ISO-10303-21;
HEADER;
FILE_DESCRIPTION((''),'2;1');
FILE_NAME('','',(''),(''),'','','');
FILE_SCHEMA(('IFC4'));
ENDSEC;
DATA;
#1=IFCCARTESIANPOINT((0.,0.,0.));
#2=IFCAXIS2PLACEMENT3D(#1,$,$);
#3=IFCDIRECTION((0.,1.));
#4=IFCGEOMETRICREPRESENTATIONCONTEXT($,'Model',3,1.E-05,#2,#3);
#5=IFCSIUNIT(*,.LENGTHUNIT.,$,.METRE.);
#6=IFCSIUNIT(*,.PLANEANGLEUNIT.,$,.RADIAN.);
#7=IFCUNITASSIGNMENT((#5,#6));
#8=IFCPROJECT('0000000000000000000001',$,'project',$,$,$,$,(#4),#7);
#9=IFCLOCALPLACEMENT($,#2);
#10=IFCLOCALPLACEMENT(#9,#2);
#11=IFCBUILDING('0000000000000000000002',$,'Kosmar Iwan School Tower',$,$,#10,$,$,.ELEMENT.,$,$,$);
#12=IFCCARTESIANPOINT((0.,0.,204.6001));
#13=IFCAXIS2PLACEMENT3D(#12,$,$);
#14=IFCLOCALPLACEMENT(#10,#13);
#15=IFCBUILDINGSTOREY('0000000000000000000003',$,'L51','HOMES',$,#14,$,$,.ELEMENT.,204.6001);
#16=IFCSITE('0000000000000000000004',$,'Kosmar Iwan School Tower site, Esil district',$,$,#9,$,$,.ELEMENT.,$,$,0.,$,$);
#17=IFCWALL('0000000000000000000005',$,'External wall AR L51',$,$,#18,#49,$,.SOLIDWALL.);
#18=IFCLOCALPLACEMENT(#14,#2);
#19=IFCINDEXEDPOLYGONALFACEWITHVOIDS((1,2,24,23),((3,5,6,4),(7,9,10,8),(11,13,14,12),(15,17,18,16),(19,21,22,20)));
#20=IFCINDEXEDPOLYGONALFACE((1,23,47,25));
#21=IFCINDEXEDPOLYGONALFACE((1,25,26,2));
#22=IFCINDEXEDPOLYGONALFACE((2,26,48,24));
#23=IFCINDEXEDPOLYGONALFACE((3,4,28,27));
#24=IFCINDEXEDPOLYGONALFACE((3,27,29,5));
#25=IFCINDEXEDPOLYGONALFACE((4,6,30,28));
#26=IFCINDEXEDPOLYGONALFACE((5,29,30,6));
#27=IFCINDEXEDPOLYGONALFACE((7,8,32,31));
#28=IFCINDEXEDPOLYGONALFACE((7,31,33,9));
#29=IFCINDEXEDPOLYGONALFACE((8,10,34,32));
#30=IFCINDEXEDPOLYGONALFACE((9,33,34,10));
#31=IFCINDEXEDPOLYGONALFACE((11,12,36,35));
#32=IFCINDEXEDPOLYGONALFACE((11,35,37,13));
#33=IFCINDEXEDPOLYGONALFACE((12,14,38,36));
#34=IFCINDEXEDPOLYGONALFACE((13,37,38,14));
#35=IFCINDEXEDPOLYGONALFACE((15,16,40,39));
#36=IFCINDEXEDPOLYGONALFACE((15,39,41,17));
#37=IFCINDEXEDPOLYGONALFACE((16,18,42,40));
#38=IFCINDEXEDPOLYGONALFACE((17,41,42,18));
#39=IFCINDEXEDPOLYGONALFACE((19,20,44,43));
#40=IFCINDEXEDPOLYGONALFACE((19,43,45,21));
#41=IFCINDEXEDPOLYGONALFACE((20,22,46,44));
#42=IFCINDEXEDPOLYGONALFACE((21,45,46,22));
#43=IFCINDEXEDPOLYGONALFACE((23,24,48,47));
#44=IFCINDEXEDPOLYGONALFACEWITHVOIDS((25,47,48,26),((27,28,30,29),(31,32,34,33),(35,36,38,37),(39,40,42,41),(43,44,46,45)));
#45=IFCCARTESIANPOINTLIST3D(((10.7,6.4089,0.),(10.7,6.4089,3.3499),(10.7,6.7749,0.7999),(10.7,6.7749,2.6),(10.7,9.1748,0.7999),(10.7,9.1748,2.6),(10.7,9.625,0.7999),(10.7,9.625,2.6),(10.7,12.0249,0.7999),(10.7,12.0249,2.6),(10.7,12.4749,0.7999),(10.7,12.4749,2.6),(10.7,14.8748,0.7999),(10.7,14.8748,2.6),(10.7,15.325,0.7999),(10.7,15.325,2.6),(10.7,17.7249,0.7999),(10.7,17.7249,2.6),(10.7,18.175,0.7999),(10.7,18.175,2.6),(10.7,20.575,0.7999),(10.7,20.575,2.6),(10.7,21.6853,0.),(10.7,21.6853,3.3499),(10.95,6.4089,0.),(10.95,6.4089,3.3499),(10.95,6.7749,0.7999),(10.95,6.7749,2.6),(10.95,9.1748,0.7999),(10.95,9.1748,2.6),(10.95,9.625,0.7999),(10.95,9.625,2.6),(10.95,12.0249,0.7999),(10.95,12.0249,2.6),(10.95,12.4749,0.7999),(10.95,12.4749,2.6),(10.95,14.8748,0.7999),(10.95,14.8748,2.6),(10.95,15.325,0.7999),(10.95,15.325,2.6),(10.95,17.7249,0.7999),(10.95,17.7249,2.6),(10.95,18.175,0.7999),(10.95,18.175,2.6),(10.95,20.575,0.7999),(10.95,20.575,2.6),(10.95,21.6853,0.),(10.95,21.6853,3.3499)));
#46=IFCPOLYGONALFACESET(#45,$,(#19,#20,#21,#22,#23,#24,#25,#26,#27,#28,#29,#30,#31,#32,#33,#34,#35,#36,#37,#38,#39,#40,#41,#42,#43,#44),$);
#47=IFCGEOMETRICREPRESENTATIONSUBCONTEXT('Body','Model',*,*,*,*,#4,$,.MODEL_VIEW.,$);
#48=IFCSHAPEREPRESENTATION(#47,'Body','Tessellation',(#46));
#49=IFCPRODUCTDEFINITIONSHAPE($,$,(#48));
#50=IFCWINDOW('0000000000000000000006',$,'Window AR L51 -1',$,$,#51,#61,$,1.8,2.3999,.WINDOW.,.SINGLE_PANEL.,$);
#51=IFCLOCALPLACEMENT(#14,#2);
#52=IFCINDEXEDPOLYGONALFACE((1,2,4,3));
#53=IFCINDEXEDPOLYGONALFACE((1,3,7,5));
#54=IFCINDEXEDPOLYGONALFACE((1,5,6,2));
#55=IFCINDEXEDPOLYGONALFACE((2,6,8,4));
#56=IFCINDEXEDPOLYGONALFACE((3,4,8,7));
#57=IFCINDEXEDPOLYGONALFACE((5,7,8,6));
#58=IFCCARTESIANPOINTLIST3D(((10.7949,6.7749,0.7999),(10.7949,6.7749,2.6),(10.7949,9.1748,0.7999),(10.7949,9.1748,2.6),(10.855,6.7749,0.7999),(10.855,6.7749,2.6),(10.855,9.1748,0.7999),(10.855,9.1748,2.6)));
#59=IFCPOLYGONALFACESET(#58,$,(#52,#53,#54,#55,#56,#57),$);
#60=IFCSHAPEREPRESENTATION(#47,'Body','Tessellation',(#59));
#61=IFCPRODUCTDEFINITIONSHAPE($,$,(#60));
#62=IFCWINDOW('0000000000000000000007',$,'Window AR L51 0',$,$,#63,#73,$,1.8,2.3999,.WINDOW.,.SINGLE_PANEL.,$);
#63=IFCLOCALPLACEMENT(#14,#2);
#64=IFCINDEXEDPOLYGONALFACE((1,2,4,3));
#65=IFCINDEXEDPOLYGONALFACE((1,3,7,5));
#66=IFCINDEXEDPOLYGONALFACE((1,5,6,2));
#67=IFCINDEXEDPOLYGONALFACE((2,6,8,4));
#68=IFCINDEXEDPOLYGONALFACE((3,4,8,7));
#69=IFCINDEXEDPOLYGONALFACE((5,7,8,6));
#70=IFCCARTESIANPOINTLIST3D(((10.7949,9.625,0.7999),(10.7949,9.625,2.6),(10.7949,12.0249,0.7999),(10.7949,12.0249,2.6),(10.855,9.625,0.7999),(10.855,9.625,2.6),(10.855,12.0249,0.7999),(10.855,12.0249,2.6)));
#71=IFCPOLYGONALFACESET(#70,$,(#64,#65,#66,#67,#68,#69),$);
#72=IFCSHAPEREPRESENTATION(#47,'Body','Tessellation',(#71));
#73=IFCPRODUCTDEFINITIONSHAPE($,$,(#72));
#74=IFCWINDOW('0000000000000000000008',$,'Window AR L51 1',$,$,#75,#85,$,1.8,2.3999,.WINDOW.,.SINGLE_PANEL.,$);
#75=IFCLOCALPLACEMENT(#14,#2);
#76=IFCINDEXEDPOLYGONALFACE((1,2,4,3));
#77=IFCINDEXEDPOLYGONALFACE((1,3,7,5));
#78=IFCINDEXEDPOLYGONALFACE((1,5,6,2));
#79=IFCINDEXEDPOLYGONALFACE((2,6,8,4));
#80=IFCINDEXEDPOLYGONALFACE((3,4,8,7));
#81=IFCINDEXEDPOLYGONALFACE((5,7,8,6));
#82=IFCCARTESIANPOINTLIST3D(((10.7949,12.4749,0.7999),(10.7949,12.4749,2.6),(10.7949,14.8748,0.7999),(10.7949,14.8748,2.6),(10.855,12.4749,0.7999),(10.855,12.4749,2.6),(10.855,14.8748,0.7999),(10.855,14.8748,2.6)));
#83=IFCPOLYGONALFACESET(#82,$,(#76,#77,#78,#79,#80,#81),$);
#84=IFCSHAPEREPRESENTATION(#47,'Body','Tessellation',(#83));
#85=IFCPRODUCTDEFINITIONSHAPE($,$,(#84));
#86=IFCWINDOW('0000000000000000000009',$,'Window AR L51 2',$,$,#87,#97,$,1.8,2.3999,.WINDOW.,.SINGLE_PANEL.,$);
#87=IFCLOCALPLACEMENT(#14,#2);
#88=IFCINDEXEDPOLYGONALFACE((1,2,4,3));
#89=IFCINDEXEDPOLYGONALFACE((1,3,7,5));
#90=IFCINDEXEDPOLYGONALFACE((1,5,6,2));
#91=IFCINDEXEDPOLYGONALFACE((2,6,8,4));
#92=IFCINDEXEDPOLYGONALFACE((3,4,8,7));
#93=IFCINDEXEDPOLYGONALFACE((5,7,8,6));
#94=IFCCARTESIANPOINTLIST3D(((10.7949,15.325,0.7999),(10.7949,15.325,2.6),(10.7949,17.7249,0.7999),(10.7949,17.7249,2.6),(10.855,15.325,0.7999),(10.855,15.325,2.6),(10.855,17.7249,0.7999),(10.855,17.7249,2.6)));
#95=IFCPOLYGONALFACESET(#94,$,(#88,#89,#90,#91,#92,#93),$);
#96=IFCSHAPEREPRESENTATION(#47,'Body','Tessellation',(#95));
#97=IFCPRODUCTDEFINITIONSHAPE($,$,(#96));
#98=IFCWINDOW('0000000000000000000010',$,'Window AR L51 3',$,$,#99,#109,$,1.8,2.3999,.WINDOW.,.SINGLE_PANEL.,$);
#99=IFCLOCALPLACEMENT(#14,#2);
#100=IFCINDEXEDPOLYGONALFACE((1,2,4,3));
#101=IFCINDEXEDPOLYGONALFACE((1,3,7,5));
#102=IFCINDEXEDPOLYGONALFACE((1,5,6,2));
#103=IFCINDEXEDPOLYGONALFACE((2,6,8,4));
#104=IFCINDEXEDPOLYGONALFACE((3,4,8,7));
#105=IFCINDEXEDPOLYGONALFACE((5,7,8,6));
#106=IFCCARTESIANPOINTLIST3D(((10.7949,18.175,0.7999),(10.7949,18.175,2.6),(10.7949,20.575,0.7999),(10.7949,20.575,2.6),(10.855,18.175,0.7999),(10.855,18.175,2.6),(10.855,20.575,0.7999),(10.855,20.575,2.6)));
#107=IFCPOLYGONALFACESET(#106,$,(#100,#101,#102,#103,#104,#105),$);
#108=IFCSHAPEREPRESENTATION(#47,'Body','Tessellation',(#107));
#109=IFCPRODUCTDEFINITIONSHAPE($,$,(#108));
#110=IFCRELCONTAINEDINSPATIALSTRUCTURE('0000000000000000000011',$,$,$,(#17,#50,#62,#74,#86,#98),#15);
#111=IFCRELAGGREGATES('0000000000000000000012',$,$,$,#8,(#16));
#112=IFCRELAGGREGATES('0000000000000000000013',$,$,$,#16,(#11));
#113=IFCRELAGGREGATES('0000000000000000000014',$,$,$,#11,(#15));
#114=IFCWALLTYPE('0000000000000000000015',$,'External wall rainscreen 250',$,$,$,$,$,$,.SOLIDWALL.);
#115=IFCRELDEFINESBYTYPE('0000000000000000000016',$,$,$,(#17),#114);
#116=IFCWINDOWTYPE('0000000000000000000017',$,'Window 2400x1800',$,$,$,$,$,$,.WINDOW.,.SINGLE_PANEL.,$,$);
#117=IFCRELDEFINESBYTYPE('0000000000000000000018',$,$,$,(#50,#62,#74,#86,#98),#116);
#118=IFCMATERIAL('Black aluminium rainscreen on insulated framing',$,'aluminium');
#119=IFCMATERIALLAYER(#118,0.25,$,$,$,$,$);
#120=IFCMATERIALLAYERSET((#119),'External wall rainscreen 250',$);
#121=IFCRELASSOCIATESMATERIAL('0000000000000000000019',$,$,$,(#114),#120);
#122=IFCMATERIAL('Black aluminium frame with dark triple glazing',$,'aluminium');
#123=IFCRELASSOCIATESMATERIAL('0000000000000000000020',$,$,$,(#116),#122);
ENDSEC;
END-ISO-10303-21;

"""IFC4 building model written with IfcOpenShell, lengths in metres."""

from ifc_helpers import new_model, si_unit, direction, frame, frame_2d, origin, place, context, subcontext, project, spatial, rectangle, extrude, material, layer, layer_set, type_object, element, fill, save


model = new_model("IFC4")

# Units and contexts
model_context = context("Model", 3, precision=1e-05, world=origin(), true_north=direction((0.0, 1.0)))
body_context = subcontext(model_context, "Body", "Model", "MODEL_VIEW")
ifc_project = project(units=[si_unit("LENGTHUNIT", "METRE"), si_unit("PLANEANGLEUNIT", "RADIAN")], contexts=[model_context])

# Site, building, storey
site_placement = place(None, origin())
site = spatial("IfcSite", under=ifc_project, at=site_placement, Name="Kosmar Iwan School Tower site, Esil district", CompositionType="ELEMENT", RefElevation=0.0)
building_placement = place(site_placement, origin())
building = spatial("IfcBuilding", under=site, at=building_placement, Name="Kosmar Iwan School Tower", CompositionType="ELEMENT")
storey_placement = place(building_placement, frame((0.0, 0.0, 204.6001)))
storey = spatial("IfcBuildingStorey", under=building, at=storey_placement, Name="L51", Description="HOMES", CompositionType="ELEMENT", Elevation=204.6001)

# Wall, openings, windows
ifc_material_1 = material(Name="Black aluminium rainscreen on insulated framing", Category="aluminium")
ifc_layer = layer(ifc_material_1, 0.25)
ifc_layer_set = layer_set([ifc_layer], Name="External wall rainscreen 250")
wall_type = type_object("IfcWallType", Name="External wall rainscreen 250", PredefinedType="SOLIDWALL", material=ifc_layer_set)
ifc_material_2 = material(Name="Black aluminium frame with dark triple glazing", Category="aluminium")
window_type = type_object("IfcWindowType", Name="Window 2400x1800", PartitioningType="SINGLE_PANEL", PredefinedType="WINDOW", material=ifc_material_2)
wall_1_placement = place(storey_placement, frame((10.825, 6.4089, 0.0), z_axis=(0.0, 0.0, 1.0), x_axis=(0.0, 1.0, 0.0)))
wall_1 = element("IfcWall", 1, at=wall_1_placement, inside=storey, type_object=wall_type, Name="External wall AR L51", PredefinedType="SOLIDWALL", context=body_context, shape_type="SweptSolid", body=[
    extrude(rectangle(XDim=15.2764, YDim=0.25, at=frame_2d((7.6382, 0.0))), origin(), (0.0, 0.0, 1.0), 3.3499),
])
opening_1_placement = place(wall_1_placement, frame((0.366, 0.0, 0.8)))
opening_1 = element("IfcOpeningElement", 2, at=opening_1_placement, cuts=wall_1, PredefinedType="OPENING", context=body_context, shape_type="SweptSolid", body=[
    extrude(rectangle(XDim=2.3999, YDim=1.8, at=frame_2d((1.2, 0.8999))), frame((0.0, 0.137, 0.0), z_axis=(0.0, -1.0, 0.0), x_axis=(1.0, 0.0, 0.0)), (0.0, 0.0, 1.0), 0.2739),
])
opening_2_placement = place(wall_1_placement, frame((3.2161, 0.0, 0.8)))
opening_2 = element("IfcOpeningElement", 3, at=opening_2_placement, cuts=wall_1, PredefinedType="OPENING", context=body_context, shape_type="SweptSolid", body=[
    extrude(rectangle(XDim=2.3999, YDim=1.8, at=frame_2d((1.2, 0.8999))), frame((0.0, 0.137, 0.0), z_axis=(0.0, -1.0, 0.0), x_axis=(1.0, 0.0, 0.0)), (0.0, 0.0, 1.0), 0.2739),
])
opening_3_placement = place(wall_1_placement, frame((6.0659, 0.0, 0.8)))
opening_3 = element("IfcOpeningElement", 4, at=opening_3_placement, cuts=wall_1, PredefinedType="OPENING", context=body_context, shape_type="SweptSolid", body=[
    extrude(rectangle(XDim=2.3999, YDim=1.8, at=frame_2d((1.2, 0.8999))), frame((0.0, 0.137, 0.0), z_axis=(0.0, -1.0, 0.0), x_axis=(1.0, 0.0, 0.0)), (0.0, 0.0, 1.0), 0.2739),
])
opening_4_placement = place(wall_1_placement, frame((8.916, 0.0, 0.8)))
opening_4 = element("IfcOpeningElement", 5, at=opening_4_placement, cuts=wall_1, PredefinedType="OPENING", context=body_context, shape_type="SweptSolid", body=[
    extrude(rectangle(XDim=2.3999, YDim=1.8, at=frame_2d((1.2, 0.8999))), frame((0.0, 0.137, 0.0), z_axis=(0.0, -1.0, 0.0), x_axis=(1.0, 0.0, 0.0)), (0.0, 0.0, 1.0), 0.2739),
])
opening_5_placement = place(wall_1_placement, frame((11.7661, 0.0, 0.8)))
opening_5 = element("IfcOpeningElement", 6, at=opening_5_placement, cuts=wall_1, PredefinedType="OPENING", context=body_context, shape_type="SweptSolid", body=[
    extrude(rectangle(XDim=2.3999, YDim=1.8, at=frame_2d((1.2, 0.8999))), frame((0.0, 0.137, 0.0), z_axis=(0.0, -1.0, 0.0), x_axis=(1.0, 0.0, 0.0)), (0.0, 0.0, 1.0), 0.2739),
])
window_1_placement = place(opening_1_placement, origin())
window_1 = element("IfcWindow", 7, at=window_1_placement, inside=storey, type_object=window_type, Name="Window AR L51 -1", OverallHeight=1.8, OverallWidth=2.3999, PartitioningType="SINGLE_PANEL", PredefinedType="WINDOW", context=body_context, shape_type="SweptSolid", body=[
    extrude(rectangle(XDim=2.3999, YDim=1.8, at=frame_2d((1.2, 0.8999))), frame((0.0, 0.03, 0.0), z_axis=(0.0, -1.0, 0.0), x_axis=(1.0, 0.0, 0.0)), (0.0, 0.0, 1.0), 0.0601),
])
fill(opening_1, window_1)
window_2_placement = place(opening_2_placement, origin())
window_2 = element("IfcWindow", 8, at=window_2_placement, inside=storey, type_object=window_type, Name="Window AR L51 0", OverallHeight=1.8, OverallWidth=2.3999, PartitioningType="SINGLE_PANEL", PredefinedType="WINDOW", context=body_context, shape_type="SweptSolid", body=[
    extrude(rectangle(XDim=2.3999, YDim=1.8, at=frame_2d((1.2, 0.8999))), frame((0.0, 0.03, 0.0), z_axis=(0.0, -1.0, 0.0), x_axis=(1.0, 0.0, 0.0)), (0.0, 0.0, 1.0), 0.0601),
])
fill(opening_2, window_2)
window_3_placement = place(opening_3_placement, origin())
window_3 = element("IfcWindow", 9, at=window_3_placement, inside=storey, type_object=window_type, Name="Window AR L51 1", OverallHeight=1.8, OverallWidth=2.3999, PartitioningType="SINGLE_PANEL", PredefinedType="WINDOW", context=body_context, shape_type="SweptSolid", body=[
    extrude(rectangle(XDim=2.3999, YDim=1.8, at=frame_2d((1.2, 0.8999))), frame((0.0, 0.03, 0.0), z_axis=(0.0, -1.0, 0.0), x_axis=(1.0, 0.0, 0.0)), (0.0, 0.0, 1.0), 0.0601),
])
fill(opening_3, window_3)
window_4_placement = place(opening_4_placement, origin())
window_4 = element("IfcWindow", 10, at=window_4_placement, inside=storey, type_object=window_type, Name="Window AR L51 2", OverallHeight=1.8, OverallWidth=2.3999, PartitioningType="SINGLE_PANEL", PredefinedType="WINDOW", context=body_context, shape_type="SweptSolid", body=[
    extrude(rectangle(XDim=2.3999, YDim=1.8, at=frame_2d((1.2, 0.8999))), frame((0.0, 0.03, 0.0), z_axis=(0.0, -1.0, 0.0), x_axis=(1.0, 0.0, 0.0)), (0.0, 0.0, 1.0), 0.0601),
])
fill(opening_4, window_4)
window_5_placement = place(opening_5_placement, origin())
window_5 = element("IfcWindow", 11, at=window_5_placement, inside=storey, type_object=window_type, Name="Window AR L51 3", OverallHeight=1.8, OverallWidth=2.3999, PartitioningType="SINGLE_PANEL", PredefinedType="WINDOW", context=body_context, shape_type="SweptSolid", body=[
    extrude(rectangle(XDim=2.3999, YDim=1.8, at=frame_2d((1.2, 0.8999))), frame((0.0, 0.03, 0.0), z_axis=(0.0, -1.0, 0.0), x_axis=(1.0, 0.0, 0.0)), (0.0, 0.0, 1.0), 0.0601),
])
fill(opening_5, window_5)

save(model, "model.ifc")
